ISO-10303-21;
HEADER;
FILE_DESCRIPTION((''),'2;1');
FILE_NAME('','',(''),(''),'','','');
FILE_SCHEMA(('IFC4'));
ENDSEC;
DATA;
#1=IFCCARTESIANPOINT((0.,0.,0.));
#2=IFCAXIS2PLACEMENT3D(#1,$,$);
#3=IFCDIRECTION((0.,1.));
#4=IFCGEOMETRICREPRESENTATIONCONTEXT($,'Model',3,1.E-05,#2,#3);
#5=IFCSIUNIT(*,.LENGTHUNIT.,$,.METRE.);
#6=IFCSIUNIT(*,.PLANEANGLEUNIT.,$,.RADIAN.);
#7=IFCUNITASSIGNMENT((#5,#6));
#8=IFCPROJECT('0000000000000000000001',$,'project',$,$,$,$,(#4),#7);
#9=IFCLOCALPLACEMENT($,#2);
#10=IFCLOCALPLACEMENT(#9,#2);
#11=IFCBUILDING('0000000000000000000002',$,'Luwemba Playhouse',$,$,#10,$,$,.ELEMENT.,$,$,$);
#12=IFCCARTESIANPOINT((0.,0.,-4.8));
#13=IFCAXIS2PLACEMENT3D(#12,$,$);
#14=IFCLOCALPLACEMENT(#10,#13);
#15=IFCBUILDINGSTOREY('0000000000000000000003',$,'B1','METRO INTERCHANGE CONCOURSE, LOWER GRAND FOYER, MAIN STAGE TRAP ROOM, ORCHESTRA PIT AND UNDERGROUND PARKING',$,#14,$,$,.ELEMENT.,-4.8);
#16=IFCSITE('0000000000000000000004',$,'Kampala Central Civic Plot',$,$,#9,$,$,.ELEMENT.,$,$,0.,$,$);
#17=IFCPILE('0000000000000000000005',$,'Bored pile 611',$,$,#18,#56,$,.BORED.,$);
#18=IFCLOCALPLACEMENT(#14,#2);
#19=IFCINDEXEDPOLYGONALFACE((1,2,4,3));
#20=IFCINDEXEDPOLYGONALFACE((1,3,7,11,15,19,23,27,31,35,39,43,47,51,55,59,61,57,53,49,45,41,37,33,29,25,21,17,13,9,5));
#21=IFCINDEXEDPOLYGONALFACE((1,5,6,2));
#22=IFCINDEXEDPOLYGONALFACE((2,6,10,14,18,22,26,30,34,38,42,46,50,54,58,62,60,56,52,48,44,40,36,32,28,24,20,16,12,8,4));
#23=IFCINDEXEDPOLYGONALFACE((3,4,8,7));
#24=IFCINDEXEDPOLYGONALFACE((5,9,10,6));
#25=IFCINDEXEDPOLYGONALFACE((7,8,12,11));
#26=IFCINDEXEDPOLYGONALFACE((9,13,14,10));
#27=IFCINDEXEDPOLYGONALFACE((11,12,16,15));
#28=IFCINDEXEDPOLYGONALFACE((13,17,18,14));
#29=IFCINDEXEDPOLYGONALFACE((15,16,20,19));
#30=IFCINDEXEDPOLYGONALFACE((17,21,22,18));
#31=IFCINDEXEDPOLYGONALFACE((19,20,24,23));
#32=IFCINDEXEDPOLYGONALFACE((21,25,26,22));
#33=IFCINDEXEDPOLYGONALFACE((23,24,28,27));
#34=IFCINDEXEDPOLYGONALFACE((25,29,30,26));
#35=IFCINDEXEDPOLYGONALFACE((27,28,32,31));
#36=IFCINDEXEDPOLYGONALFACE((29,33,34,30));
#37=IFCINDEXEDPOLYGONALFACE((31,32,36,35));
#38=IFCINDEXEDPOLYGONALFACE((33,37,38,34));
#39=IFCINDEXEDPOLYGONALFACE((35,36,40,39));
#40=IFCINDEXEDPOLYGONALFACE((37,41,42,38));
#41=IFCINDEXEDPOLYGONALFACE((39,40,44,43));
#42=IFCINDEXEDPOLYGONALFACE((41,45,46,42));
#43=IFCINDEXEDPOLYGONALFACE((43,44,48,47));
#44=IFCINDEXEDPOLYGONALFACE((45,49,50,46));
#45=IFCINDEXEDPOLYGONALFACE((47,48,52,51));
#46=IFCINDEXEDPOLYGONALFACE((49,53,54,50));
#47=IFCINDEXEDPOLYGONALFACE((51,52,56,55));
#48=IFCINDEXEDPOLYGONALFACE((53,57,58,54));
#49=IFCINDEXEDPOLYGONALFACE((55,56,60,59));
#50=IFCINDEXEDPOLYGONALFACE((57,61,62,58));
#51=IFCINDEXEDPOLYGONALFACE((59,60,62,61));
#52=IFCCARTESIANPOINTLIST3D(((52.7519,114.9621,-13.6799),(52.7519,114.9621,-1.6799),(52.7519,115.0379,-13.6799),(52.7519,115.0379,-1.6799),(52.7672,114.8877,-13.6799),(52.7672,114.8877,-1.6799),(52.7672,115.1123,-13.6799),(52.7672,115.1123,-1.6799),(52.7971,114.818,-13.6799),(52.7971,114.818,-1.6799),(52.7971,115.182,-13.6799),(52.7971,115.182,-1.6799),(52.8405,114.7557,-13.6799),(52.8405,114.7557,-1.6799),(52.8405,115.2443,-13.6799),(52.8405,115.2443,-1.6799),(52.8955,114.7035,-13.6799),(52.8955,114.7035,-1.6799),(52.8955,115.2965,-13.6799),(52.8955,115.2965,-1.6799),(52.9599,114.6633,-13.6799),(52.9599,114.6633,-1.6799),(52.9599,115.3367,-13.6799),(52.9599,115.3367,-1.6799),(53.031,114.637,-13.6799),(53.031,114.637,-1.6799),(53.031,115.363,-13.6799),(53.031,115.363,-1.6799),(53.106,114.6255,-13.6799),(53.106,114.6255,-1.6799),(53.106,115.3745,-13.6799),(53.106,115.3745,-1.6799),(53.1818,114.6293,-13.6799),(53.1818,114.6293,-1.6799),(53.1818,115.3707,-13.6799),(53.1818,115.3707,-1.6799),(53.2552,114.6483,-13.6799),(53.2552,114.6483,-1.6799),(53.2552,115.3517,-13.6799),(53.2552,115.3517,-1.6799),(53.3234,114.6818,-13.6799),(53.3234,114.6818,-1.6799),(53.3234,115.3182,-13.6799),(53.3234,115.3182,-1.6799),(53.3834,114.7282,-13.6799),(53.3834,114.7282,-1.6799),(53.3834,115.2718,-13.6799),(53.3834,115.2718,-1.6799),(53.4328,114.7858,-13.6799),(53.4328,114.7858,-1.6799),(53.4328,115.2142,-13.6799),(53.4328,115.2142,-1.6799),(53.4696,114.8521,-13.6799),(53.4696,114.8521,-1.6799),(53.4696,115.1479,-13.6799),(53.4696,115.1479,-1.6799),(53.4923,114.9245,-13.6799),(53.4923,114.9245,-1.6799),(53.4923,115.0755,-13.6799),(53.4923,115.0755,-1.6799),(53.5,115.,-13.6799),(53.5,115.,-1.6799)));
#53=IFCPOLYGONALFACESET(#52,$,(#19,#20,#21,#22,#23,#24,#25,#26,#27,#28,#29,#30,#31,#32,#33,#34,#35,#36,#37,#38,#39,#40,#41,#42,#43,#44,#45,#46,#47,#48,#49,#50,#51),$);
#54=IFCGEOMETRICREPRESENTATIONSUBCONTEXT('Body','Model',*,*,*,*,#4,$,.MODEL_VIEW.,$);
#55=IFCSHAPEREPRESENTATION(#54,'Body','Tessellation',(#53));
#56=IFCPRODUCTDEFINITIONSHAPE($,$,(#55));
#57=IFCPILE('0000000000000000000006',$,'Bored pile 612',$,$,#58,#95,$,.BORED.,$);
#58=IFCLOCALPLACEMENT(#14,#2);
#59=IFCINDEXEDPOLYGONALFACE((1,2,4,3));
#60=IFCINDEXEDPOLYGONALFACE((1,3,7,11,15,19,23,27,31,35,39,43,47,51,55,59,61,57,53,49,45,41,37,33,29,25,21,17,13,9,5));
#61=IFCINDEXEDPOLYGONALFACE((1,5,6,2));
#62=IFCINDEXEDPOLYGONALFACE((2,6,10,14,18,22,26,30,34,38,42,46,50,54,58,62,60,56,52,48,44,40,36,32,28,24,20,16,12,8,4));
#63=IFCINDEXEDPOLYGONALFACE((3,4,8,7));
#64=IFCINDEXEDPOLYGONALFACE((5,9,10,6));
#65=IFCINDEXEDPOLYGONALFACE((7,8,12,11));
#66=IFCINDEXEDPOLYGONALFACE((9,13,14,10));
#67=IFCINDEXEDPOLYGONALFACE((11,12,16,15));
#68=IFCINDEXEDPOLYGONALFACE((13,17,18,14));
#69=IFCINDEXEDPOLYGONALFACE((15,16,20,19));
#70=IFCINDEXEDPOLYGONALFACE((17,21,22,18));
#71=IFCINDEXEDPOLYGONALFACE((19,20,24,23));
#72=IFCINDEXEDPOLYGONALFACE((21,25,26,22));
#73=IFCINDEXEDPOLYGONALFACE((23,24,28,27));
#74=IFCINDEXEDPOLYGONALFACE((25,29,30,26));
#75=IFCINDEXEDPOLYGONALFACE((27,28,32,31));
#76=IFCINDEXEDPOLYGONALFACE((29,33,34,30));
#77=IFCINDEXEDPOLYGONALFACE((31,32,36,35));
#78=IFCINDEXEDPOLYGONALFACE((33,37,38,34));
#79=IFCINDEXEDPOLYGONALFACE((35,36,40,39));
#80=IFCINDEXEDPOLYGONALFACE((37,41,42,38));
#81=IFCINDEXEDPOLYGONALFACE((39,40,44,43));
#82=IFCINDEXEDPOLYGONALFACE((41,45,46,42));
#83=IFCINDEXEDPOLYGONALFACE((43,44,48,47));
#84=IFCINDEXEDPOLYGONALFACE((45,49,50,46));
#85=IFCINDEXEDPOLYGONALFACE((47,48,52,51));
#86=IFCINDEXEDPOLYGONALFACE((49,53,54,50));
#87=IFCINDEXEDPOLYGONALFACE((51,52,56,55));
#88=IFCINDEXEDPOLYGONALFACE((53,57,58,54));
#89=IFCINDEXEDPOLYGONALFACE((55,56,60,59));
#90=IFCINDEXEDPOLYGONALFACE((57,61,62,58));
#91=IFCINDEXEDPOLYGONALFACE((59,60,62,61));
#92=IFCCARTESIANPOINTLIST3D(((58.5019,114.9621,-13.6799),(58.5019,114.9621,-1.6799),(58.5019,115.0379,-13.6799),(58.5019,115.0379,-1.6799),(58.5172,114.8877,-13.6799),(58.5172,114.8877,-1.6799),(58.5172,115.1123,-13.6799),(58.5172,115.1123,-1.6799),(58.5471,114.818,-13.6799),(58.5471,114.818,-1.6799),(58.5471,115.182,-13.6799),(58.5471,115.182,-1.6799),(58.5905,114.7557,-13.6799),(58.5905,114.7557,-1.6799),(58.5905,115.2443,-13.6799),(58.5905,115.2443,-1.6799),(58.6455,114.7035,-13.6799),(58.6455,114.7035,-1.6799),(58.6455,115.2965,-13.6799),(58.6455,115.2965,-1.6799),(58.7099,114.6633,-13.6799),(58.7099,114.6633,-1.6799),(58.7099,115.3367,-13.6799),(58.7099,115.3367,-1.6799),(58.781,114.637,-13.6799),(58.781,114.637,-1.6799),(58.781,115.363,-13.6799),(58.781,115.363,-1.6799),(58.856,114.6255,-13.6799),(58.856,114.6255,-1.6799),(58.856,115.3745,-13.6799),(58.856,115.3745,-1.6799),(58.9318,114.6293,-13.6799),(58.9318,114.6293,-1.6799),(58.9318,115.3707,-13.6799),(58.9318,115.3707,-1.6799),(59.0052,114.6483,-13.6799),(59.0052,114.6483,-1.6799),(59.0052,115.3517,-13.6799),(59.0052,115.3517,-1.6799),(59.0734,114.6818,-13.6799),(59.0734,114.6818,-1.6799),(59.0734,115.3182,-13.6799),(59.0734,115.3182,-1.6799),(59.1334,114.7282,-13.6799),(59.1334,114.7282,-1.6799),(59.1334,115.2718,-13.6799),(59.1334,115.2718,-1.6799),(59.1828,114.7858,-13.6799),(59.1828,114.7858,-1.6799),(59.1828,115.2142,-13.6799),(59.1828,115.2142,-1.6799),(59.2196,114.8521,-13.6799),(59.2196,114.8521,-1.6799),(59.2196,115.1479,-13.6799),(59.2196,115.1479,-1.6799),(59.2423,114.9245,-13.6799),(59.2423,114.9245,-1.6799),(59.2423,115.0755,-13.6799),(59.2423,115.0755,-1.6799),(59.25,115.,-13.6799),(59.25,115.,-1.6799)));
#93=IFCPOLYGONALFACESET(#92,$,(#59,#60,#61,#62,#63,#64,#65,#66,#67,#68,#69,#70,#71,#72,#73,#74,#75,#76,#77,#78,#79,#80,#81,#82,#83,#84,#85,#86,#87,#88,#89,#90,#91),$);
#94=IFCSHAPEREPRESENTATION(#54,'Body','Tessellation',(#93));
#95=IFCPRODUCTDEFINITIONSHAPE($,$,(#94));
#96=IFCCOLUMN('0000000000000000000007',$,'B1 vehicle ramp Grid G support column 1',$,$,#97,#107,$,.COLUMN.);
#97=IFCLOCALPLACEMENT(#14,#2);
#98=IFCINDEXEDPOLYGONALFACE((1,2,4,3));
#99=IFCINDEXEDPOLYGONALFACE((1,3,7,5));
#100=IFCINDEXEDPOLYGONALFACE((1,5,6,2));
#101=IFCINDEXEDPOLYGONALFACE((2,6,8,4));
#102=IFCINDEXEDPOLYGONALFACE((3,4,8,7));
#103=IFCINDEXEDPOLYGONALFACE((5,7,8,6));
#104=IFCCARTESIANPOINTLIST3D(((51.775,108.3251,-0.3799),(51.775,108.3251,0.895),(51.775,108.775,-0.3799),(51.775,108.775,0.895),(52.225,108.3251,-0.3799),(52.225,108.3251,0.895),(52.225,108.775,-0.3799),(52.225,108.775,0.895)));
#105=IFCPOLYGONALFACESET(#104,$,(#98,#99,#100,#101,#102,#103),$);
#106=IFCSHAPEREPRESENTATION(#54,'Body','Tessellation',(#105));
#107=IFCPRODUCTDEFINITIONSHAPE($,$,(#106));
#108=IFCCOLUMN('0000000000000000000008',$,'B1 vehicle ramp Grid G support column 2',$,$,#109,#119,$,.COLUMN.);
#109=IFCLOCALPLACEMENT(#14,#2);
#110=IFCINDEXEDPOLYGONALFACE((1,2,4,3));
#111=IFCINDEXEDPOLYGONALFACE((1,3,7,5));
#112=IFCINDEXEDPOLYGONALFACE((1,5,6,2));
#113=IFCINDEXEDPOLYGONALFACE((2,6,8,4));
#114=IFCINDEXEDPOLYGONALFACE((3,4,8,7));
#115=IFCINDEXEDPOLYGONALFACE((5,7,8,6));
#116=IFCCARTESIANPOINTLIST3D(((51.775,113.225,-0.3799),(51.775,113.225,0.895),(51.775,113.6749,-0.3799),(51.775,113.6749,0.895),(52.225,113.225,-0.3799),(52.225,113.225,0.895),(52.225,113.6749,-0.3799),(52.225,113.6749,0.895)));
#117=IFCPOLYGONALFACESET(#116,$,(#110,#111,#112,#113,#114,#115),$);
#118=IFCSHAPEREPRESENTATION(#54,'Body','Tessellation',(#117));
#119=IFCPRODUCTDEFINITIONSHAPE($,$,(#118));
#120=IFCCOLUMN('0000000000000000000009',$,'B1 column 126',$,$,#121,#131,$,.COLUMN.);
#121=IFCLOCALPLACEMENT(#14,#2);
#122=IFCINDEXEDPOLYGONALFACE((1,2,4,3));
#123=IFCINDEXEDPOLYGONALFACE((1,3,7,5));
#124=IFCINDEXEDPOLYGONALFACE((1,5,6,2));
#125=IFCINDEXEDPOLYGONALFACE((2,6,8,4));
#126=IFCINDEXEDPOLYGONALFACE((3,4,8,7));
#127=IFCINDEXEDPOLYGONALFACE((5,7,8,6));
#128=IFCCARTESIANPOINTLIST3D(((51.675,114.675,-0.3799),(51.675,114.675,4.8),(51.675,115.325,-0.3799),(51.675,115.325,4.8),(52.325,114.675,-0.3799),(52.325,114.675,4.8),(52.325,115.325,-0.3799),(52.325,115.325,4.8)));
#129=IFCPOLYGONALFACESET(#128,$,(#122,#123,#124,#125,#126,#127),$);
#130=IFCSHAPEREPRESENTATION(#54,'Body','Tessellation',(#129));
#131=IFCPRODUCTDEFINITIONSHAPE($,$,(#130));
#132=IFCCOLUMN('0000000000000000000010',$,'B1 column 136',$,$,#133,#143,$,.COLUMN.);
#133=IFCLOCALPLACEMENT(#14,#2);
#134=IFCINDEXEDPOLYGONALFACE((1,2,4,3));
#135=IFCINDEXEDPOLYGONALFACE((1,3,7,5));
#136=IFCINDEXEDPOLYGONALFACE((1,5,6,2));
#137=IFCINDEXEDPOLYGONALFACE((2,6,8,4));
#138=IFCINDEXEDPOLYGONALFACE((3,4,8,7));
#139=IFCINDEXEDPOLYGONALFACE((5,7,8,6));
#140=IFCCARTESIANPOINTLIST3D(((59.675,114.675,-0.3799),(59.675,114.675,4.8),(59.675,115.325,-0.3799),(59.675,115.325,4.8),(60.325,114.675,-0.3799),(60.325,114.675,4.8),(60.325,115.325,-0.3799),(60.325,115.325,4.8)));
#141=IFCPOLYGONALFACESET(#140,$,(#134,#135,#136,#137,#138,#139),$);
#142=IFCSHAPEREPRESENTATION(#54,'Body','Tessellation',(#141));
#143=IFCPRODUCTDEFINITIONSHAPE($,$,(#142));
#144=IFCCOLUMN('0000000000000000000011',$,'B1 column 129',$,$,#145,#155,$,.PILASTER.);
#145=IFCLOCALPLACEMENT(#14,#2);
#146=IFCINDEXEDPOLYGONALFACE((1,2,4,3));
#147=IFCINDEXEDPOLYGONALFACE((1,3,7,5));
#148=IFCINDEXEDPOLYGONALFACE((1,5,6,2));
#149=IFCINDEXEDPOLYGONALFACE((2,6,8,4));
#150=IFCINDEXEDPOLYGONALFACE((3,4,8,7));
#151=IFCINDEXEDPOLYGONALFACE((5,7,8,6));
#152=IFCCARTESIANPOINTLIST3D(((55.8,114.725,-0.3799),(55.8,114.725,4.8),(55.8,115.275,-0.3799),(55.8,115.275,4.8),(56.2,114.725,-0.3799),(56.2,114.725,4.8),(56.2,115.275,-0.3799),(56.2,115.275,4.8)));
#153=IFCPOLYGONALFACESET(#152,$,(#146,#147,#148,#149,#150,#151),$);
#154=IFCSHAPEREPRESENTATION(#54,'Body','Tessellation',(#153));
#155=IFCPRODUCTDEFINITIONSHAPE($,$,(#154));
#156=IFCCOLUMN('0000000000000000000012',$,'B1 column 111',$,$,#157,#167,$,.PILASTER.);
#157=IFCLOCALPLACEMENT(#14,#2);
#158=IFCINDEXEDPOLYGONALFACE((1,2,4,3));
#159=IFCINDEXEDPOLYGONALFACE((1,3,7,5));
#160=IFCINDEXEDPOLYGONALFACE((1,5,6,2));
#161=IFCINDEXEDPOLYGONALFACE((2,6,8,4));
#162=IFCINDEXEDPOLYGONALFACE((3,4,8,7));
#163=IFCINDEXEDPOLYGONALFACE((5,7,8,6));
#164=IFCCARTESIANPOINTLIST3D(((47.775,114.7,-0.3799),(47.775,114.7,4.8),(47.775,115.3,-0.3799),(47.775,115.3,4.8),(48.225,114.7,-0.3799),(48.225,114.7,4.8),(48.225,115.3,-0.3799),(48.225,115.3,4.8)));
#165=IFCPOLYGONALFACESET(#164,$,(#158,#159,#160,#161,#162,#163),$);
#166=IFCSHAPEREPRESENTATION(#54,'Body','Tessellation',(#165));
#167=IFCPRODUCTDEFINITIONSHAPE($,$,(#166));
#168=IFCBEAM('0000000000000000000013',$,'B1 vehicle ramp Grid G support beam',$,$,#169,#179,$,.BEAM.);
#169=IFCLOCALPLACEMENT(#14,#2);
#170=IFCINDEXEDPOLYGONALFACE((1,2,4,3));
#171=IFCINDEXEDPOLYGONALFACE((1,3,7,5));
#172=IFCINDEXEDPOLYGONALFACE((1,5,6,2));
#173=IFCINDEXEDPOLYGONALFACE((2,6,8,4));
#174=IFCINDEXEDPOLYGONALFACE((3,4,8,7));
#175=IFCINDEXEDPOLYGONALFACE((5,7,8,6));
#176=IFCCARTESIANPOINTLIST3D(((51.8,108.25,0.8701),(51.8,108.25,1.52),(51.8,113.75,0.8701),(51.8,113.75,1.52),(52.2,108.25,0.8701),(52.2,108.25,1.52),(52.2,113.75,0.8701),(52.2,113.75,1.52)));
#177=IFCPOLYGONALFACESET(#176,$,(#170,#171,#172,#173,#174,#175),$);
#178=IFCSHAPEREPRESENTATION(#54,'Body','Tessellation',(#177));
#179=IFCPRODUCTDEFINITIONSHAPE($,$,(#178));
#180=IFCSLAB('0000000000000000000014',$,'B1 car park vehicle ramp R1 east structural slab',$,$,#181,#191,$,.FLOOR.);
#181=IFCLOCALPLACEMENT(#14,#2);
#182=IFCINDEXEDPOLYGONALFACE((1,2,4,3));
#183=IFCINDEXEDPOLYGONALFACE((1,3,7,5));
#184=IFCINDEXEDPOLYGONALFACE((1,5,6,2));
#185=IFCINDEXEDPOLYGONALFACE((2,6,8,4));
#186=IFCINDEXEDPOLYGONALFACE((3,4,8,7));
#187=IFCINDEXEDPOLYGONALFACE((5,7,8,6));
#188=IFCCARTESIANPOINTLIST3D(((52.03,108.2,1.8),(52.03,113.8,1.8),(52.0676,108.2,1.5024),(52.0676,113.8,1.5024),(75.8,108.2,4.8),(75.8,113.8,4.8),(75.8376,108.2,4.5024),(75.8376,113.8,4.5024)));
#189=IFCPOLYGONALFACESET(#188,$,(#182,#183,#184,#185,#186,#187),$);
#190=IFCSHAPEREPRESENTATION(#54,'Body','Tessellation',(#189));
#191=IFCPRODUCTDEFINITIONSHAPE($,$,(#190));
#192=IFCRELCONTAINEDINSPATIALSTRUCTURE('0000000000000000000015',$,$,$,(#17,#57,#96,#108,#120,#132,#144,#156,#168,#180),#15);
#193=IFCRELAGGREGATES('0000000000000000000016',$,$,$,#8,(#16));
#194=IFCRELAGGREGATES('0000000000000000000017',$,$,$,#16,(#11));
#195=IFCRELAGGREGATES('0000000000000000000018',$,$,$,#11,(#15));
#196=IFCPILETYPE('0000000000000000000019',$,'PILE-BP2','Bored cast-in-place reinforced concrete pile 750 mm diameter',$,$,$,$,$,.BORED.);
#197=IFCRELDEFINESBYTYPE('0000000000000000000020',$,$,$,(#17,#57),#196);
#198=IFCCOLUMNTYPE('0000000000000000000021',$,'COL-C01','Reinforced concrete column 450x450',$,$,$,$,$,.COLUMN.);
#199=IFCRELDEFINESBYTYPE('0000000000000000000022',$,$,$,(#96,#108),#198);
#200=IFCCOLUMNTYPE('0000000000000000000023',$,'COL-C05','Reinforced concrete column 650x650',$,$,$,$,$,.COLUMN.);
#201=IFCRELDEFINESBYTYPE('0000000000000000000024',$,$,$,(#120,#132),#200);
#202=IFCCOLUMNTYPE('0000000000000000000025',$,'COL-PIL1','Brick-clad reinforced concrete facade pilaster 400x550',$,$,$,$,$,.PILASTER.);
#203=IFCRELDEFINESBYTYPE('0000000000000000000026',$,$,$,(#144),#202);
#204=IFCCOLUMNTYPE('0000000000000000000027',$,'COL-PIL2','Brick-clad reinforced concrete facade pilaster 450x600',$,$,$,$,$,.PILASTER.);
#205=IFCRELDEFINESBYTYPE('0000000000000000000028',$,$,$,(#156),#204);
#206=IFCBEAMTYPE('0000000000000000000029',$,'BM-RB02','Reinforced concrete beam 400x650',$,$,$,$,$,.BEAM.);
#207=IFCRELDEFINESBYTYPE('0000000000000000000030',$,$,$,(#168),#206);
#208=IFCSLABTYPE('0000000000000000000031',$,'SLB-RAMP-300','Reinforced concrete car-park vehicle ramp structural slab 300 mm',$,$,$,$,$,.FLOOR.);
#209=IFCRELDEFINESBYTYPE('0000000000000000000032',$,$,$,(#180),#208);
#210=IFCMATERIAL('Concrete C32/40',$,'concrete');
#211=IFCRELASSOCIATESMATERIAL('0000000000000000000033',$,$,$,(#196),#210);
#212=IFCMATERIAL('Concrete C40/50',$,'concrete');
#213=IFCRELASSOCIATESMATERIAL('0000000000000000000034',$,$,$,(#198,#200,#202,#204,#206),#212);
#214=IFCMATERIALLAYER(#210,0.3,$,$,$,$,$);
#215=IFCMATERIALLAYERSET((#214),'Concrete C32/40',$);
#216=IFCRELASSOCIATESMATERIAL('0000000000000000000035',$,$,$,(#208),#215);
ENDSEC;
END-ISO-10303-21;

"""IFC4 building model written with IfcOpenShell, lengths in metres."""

from ifc_helpers import new_model, si_unit, direction, frame, origin, origin_2d, place, context, subcontext, project, spatial, polyline, rectangle, circle, outline, extrude, material, layer, layer_set, material_profile, profile_set, type_object, element, save


model = new_model("IFC4")

# Units and contexts
model_context = context("Model", 3, precision=1e-05, world=origin(), true_north=direction((0.0, 1.0)))
body_context = subcontext(model_context, "Body", "Model", "MODEL_VIEW")
ifc_project = project(units=[si_unit("LENGTHUNIT", "METRE"), si_unit("PLANEANGLEUNIT", "RADIAN")], contexts=[model_context])

# Site, building, storey
site_placement = place(None, origin())
site = spatial("IfcSite", under=ifc_project, at=site_placement, Name="Kampala Central Civic Plot", CompositionType="ELEMENT", RefElevation=0.0)
building_placement = place(site_placement, origin())
building = spatial("IfcBuilding", under=site, at=building_placement, Name="Luwemba Playhouse", CompositionType="ELEMENT")
storey_placement = place(building_placement, frame((0.0, 0.0, -4.8)))
storey = spatial("IfcBuildingStorey", under=building, at=storey_placement, Name="B1", Description="METRO INTERCHANGE CONCOURSE, LOWER GRAND FOYER, MAIN STAGE TRAP ROOM, ORCHESTRA PIT AND UNDERGROUND PARKING", CompositionType="ELEMENT", Elevation=-4.8)

# Shared definitions
ifc_material_1 = material(Name="Concrete C32/40", Category="concrete")

# Piles
ifc_material_profile_1 = material_profile(ifc_material_1, circle(Radius=0.375, at=origin_2d()))
ifc_profile_set_1 = profile_set([ifc_material_profile_1], Name="Concrete C32/40")
pile_type_1 = type_object("IfcPileType", Name="PILE-BP2", Description="Bored cast-in-place reinforced concrete pile 750 mm diameter", PredefinedType="BORED", material=ifc_profile_set_1)
for number, where, z_axis, x_axis, name in (
    (1, (53.125, 115.0, -1.6799), (0.0, 0.0, -1.0), (1.0, 0.0, 0.0), "Bored pile 611"),
    (2, (58.875, 115.0, -1.6799), (0.0, 0.0, -1.0), (1.0, 0.0, 0.0), "Bored pile 612"),
):
    element("IfcPile", number, at=place(storey_placement, frame(where, z_axis=z_axis, x_axis=x_axis)), inside=storey, type_object=pile_type_1, Name=name, PredefinedType="BORED", context=body_context, shape_type="SweptSolid", body=[
        extrude(circle(Radius=0.375, at=origin_2d()), origin(), (0.0, 0.0, 1.0), 12.0),
    ])

# Columns
ifc_material_2 = material(Name="Concrete C40/50", Category="concrete")
ifc_material_profile_2 = material_profile(ifc_material_2, rectangle(XDim=0.45, YDim=0.45, at=origin_2d()))
ifc_profile_set_2 = profile_set([ifc_material_profile_2], Name="Concrete C40/50")
column_type_1 = type_object("IfcColumnType", Name="COL-C01", Description="Reinforced concrete column 450x450", PredefinedType="COLUMN", material=ifc_profile_set_2)
for number, where, z_axis, x_axis, name in (
    (3, (52.0, 108.55, -0.3799), (0.0, 0.0, 1.0), (1.0, 0.0, 0.0), "B1 vehicle ramp Grid G support column 1"),
    (4, (52.0, 113.45, -0.3799), (0.0, 0.0, 1.0), (1.0, 0.0, 0.0), "B1 vehicle ramp Grid G support column 2"),
):
    element("IfcColumn", number, at=place(storey_placement, frame(where, z_axis=z_axis, x_axis=x_axis)), inside=storey, type_object=column_type_1, Name=name, PredefinedType="COLUMN", context=body_context, shape_type="SweptSolid", body=[
        extrude(rectangle(XDim=0.45, YDim=0.45, at=origin_2d()), origin(), (0.0, 0.0, 1.0), 1.2749),
    ])
ifc_material_profile_3 = material_profile(ifc_material_2, rectangle(XDim=0.6499, YDim=0.6499, at=origin_2d()))
ifc_profile_set_3 = profile_set([ifc_material_profile_3], Name="Concrete C40/50")
column_type_2 = type_object("IfcColumnType", Name="COL-C05", Description="Reinforced concrete column 650x650", PredefinedType="COLUMN", material=ifc_profile_set_3)
for number, where, z_axis, x_axis, name in (
    (5, (52.0, 115.0, -0.3799), (0.0, 0.0, 1.0), (1.0, 0.0, 0.0), "B1 column 126"),
    (6, (60.0, 115.0, -0.3799), (0.0, 0.0, 1.0), (1.0, 0.0, 0.0), "B1 column 136"),
):
    element("IfcColumn", number, at=place(storey_placement, frame(where, z_axis=z_axis, x_axis=x_axis)), inside=storey, type_object=column_type_2, Name=name, PredefinedType="COLUMN", context=body_context, shape_type="SweptSolid", body=[
        extrude(rectangle(XDim=0.6499, YDim=0.6499, at=origin_2d()), origin(), (0.0, 0.0, 1.0), 5.1799),
    ])
ifc_material_profile_4 = material_profile(ifc_material_2, rectangle(XDim=0.3999, YDim=0.55, at=origin_2d()))
ifc_profile_set_4 = profile_set([ifc_material_profile_4], Name="Concrete C40/50")
column_type_3 = type_object("IfcColumnType", Name="COL-PIL1", Description="Brick-clad reinforced concrete facade pilaster 400x550", PredefinedType="PILASTER", material=ifc_profile_set_4)
column_1_placement = place(storey_placement, frame((56.0, 115.0, -0.3799), z_axis=(0.0, 0.0, 1.0), x_axis=(1.0, 0.0, 0.0)))
element("IfcColumn", 7, at=column_1_placement, inside=storey, type_object=column_type_3, Name="B1 column 129", PredefinedType="PILASTER", context=body_context, shape_type="SweptSolid", body=[
    extrude(rectangle(XDim=0.3999, YDim=0.55, at=origin_2d()), origin(), (0.0, 0.0, 1.0), 5.1799),
])
ifc_material_profile_5 = material_profile(ifc_material_2, rectangle(XDim=0.45, YDim=0.6001, at=origin_2d()))
ifc_profile_set_5 = profile_set([ifc_material_profile_5], Name="Concrete C40/50")
column_type_4 = type_object("IfcColumnType", Name="COL-PIL2", Description="Brick-clad reinforced concrete facade pilaster 450x600", PredefinedType="PILASTER", material=ifc_profile_set_5)
column_2_placement = place(storey_placement, frame((48.0, 115.0, -0.3799), z_axis=(0.0, 0.0, 1.0), x_axis=(1.0, 0.0, 0.0)))
element("IfcColumn", 8, at=column_2_placement, inside=storey, type_object=column_type_4, Name="B1 column 111", PredefinedType="PILASTER", context=body_context, shape_type="SweptSolid", body=[
    extrude(rectangle(XDim=0.45, YDim=0.6001, at=origin_2d()), origin(), (0.0, 0.0, 1.0), 5.1799),
])

# Beam
ifc_material_profile_6 = material_profile(ifc_material_2, rectangle(XDim=0.3999, YDim=0.6499, at=origin_2d()))
ifc_profile_set_6 = profile_set([ifc_material_profile_6], Name="Concrete C40/50")
beam_type = type_object("IfcBeamType", Name="BM-RB02", Description="Reinforced concrete beam 400x650", PredefinedType="BEAM", material=ifc_profile_set_6)
beam_placement = place(storey_placement, frame((52.0, 108.25, 1.1951), z_axis=(0.0, 1.0, 0.0), x_axis=(-1.0, 0.0, 0.0)))
element("IfcBeam", 9, at=beam_placement, inside=storey, type_object=beam_type, Name="B1 vehicle ramp Grid G support beam", PredefinedType="BEAM", context=body_context, shape_type="SweptSolid", body=[
    extrude(rectangle(XDim=0.3999, YDim=0.6499, at=origin_2d()), origin(), (0.0, 0.0, 1.0), 5.5),
])

# Slab
ifc_layer_1 = layer(ifc_material_1, 0.3)
ifc_layer_set_1 = layer_set([ifc_layer_1], Name="Concrete C32/40")
slab_type = type_object("IfcSlabType", Name="SLB-RAMP-300", Description="Reinforced concrete car-park vehicle ramp structural slab 300 mm", PredefinedType="FLOOR", material=ifc_layer_set_1)
slab_placement = place(storey_placement, frame((52.03, 108.2, 1.8), z_axis=(-0.125216, 0.0, 0.992129), x_axis=(0.992129, 0.0, 0.125216)))
element("IfcSlab", 10, at=slab_placement, inside=storey, type_object=slab_type, Name="B1 car park vehicle ramp R1 east structural slab", PredefinedType="FLOOR", context=body_context, shape_type="SweptSolid", body=[
    extrude(outline(polyline([(0.0, 0.0), (23.9586, 0.0), (23.9586, 5.6001), (0.0, 5.6001), (0.0, 0.0)])), origin(), (0.0, 0.0, -1.0), 0.3),
])

save(model, "model.ifc")
